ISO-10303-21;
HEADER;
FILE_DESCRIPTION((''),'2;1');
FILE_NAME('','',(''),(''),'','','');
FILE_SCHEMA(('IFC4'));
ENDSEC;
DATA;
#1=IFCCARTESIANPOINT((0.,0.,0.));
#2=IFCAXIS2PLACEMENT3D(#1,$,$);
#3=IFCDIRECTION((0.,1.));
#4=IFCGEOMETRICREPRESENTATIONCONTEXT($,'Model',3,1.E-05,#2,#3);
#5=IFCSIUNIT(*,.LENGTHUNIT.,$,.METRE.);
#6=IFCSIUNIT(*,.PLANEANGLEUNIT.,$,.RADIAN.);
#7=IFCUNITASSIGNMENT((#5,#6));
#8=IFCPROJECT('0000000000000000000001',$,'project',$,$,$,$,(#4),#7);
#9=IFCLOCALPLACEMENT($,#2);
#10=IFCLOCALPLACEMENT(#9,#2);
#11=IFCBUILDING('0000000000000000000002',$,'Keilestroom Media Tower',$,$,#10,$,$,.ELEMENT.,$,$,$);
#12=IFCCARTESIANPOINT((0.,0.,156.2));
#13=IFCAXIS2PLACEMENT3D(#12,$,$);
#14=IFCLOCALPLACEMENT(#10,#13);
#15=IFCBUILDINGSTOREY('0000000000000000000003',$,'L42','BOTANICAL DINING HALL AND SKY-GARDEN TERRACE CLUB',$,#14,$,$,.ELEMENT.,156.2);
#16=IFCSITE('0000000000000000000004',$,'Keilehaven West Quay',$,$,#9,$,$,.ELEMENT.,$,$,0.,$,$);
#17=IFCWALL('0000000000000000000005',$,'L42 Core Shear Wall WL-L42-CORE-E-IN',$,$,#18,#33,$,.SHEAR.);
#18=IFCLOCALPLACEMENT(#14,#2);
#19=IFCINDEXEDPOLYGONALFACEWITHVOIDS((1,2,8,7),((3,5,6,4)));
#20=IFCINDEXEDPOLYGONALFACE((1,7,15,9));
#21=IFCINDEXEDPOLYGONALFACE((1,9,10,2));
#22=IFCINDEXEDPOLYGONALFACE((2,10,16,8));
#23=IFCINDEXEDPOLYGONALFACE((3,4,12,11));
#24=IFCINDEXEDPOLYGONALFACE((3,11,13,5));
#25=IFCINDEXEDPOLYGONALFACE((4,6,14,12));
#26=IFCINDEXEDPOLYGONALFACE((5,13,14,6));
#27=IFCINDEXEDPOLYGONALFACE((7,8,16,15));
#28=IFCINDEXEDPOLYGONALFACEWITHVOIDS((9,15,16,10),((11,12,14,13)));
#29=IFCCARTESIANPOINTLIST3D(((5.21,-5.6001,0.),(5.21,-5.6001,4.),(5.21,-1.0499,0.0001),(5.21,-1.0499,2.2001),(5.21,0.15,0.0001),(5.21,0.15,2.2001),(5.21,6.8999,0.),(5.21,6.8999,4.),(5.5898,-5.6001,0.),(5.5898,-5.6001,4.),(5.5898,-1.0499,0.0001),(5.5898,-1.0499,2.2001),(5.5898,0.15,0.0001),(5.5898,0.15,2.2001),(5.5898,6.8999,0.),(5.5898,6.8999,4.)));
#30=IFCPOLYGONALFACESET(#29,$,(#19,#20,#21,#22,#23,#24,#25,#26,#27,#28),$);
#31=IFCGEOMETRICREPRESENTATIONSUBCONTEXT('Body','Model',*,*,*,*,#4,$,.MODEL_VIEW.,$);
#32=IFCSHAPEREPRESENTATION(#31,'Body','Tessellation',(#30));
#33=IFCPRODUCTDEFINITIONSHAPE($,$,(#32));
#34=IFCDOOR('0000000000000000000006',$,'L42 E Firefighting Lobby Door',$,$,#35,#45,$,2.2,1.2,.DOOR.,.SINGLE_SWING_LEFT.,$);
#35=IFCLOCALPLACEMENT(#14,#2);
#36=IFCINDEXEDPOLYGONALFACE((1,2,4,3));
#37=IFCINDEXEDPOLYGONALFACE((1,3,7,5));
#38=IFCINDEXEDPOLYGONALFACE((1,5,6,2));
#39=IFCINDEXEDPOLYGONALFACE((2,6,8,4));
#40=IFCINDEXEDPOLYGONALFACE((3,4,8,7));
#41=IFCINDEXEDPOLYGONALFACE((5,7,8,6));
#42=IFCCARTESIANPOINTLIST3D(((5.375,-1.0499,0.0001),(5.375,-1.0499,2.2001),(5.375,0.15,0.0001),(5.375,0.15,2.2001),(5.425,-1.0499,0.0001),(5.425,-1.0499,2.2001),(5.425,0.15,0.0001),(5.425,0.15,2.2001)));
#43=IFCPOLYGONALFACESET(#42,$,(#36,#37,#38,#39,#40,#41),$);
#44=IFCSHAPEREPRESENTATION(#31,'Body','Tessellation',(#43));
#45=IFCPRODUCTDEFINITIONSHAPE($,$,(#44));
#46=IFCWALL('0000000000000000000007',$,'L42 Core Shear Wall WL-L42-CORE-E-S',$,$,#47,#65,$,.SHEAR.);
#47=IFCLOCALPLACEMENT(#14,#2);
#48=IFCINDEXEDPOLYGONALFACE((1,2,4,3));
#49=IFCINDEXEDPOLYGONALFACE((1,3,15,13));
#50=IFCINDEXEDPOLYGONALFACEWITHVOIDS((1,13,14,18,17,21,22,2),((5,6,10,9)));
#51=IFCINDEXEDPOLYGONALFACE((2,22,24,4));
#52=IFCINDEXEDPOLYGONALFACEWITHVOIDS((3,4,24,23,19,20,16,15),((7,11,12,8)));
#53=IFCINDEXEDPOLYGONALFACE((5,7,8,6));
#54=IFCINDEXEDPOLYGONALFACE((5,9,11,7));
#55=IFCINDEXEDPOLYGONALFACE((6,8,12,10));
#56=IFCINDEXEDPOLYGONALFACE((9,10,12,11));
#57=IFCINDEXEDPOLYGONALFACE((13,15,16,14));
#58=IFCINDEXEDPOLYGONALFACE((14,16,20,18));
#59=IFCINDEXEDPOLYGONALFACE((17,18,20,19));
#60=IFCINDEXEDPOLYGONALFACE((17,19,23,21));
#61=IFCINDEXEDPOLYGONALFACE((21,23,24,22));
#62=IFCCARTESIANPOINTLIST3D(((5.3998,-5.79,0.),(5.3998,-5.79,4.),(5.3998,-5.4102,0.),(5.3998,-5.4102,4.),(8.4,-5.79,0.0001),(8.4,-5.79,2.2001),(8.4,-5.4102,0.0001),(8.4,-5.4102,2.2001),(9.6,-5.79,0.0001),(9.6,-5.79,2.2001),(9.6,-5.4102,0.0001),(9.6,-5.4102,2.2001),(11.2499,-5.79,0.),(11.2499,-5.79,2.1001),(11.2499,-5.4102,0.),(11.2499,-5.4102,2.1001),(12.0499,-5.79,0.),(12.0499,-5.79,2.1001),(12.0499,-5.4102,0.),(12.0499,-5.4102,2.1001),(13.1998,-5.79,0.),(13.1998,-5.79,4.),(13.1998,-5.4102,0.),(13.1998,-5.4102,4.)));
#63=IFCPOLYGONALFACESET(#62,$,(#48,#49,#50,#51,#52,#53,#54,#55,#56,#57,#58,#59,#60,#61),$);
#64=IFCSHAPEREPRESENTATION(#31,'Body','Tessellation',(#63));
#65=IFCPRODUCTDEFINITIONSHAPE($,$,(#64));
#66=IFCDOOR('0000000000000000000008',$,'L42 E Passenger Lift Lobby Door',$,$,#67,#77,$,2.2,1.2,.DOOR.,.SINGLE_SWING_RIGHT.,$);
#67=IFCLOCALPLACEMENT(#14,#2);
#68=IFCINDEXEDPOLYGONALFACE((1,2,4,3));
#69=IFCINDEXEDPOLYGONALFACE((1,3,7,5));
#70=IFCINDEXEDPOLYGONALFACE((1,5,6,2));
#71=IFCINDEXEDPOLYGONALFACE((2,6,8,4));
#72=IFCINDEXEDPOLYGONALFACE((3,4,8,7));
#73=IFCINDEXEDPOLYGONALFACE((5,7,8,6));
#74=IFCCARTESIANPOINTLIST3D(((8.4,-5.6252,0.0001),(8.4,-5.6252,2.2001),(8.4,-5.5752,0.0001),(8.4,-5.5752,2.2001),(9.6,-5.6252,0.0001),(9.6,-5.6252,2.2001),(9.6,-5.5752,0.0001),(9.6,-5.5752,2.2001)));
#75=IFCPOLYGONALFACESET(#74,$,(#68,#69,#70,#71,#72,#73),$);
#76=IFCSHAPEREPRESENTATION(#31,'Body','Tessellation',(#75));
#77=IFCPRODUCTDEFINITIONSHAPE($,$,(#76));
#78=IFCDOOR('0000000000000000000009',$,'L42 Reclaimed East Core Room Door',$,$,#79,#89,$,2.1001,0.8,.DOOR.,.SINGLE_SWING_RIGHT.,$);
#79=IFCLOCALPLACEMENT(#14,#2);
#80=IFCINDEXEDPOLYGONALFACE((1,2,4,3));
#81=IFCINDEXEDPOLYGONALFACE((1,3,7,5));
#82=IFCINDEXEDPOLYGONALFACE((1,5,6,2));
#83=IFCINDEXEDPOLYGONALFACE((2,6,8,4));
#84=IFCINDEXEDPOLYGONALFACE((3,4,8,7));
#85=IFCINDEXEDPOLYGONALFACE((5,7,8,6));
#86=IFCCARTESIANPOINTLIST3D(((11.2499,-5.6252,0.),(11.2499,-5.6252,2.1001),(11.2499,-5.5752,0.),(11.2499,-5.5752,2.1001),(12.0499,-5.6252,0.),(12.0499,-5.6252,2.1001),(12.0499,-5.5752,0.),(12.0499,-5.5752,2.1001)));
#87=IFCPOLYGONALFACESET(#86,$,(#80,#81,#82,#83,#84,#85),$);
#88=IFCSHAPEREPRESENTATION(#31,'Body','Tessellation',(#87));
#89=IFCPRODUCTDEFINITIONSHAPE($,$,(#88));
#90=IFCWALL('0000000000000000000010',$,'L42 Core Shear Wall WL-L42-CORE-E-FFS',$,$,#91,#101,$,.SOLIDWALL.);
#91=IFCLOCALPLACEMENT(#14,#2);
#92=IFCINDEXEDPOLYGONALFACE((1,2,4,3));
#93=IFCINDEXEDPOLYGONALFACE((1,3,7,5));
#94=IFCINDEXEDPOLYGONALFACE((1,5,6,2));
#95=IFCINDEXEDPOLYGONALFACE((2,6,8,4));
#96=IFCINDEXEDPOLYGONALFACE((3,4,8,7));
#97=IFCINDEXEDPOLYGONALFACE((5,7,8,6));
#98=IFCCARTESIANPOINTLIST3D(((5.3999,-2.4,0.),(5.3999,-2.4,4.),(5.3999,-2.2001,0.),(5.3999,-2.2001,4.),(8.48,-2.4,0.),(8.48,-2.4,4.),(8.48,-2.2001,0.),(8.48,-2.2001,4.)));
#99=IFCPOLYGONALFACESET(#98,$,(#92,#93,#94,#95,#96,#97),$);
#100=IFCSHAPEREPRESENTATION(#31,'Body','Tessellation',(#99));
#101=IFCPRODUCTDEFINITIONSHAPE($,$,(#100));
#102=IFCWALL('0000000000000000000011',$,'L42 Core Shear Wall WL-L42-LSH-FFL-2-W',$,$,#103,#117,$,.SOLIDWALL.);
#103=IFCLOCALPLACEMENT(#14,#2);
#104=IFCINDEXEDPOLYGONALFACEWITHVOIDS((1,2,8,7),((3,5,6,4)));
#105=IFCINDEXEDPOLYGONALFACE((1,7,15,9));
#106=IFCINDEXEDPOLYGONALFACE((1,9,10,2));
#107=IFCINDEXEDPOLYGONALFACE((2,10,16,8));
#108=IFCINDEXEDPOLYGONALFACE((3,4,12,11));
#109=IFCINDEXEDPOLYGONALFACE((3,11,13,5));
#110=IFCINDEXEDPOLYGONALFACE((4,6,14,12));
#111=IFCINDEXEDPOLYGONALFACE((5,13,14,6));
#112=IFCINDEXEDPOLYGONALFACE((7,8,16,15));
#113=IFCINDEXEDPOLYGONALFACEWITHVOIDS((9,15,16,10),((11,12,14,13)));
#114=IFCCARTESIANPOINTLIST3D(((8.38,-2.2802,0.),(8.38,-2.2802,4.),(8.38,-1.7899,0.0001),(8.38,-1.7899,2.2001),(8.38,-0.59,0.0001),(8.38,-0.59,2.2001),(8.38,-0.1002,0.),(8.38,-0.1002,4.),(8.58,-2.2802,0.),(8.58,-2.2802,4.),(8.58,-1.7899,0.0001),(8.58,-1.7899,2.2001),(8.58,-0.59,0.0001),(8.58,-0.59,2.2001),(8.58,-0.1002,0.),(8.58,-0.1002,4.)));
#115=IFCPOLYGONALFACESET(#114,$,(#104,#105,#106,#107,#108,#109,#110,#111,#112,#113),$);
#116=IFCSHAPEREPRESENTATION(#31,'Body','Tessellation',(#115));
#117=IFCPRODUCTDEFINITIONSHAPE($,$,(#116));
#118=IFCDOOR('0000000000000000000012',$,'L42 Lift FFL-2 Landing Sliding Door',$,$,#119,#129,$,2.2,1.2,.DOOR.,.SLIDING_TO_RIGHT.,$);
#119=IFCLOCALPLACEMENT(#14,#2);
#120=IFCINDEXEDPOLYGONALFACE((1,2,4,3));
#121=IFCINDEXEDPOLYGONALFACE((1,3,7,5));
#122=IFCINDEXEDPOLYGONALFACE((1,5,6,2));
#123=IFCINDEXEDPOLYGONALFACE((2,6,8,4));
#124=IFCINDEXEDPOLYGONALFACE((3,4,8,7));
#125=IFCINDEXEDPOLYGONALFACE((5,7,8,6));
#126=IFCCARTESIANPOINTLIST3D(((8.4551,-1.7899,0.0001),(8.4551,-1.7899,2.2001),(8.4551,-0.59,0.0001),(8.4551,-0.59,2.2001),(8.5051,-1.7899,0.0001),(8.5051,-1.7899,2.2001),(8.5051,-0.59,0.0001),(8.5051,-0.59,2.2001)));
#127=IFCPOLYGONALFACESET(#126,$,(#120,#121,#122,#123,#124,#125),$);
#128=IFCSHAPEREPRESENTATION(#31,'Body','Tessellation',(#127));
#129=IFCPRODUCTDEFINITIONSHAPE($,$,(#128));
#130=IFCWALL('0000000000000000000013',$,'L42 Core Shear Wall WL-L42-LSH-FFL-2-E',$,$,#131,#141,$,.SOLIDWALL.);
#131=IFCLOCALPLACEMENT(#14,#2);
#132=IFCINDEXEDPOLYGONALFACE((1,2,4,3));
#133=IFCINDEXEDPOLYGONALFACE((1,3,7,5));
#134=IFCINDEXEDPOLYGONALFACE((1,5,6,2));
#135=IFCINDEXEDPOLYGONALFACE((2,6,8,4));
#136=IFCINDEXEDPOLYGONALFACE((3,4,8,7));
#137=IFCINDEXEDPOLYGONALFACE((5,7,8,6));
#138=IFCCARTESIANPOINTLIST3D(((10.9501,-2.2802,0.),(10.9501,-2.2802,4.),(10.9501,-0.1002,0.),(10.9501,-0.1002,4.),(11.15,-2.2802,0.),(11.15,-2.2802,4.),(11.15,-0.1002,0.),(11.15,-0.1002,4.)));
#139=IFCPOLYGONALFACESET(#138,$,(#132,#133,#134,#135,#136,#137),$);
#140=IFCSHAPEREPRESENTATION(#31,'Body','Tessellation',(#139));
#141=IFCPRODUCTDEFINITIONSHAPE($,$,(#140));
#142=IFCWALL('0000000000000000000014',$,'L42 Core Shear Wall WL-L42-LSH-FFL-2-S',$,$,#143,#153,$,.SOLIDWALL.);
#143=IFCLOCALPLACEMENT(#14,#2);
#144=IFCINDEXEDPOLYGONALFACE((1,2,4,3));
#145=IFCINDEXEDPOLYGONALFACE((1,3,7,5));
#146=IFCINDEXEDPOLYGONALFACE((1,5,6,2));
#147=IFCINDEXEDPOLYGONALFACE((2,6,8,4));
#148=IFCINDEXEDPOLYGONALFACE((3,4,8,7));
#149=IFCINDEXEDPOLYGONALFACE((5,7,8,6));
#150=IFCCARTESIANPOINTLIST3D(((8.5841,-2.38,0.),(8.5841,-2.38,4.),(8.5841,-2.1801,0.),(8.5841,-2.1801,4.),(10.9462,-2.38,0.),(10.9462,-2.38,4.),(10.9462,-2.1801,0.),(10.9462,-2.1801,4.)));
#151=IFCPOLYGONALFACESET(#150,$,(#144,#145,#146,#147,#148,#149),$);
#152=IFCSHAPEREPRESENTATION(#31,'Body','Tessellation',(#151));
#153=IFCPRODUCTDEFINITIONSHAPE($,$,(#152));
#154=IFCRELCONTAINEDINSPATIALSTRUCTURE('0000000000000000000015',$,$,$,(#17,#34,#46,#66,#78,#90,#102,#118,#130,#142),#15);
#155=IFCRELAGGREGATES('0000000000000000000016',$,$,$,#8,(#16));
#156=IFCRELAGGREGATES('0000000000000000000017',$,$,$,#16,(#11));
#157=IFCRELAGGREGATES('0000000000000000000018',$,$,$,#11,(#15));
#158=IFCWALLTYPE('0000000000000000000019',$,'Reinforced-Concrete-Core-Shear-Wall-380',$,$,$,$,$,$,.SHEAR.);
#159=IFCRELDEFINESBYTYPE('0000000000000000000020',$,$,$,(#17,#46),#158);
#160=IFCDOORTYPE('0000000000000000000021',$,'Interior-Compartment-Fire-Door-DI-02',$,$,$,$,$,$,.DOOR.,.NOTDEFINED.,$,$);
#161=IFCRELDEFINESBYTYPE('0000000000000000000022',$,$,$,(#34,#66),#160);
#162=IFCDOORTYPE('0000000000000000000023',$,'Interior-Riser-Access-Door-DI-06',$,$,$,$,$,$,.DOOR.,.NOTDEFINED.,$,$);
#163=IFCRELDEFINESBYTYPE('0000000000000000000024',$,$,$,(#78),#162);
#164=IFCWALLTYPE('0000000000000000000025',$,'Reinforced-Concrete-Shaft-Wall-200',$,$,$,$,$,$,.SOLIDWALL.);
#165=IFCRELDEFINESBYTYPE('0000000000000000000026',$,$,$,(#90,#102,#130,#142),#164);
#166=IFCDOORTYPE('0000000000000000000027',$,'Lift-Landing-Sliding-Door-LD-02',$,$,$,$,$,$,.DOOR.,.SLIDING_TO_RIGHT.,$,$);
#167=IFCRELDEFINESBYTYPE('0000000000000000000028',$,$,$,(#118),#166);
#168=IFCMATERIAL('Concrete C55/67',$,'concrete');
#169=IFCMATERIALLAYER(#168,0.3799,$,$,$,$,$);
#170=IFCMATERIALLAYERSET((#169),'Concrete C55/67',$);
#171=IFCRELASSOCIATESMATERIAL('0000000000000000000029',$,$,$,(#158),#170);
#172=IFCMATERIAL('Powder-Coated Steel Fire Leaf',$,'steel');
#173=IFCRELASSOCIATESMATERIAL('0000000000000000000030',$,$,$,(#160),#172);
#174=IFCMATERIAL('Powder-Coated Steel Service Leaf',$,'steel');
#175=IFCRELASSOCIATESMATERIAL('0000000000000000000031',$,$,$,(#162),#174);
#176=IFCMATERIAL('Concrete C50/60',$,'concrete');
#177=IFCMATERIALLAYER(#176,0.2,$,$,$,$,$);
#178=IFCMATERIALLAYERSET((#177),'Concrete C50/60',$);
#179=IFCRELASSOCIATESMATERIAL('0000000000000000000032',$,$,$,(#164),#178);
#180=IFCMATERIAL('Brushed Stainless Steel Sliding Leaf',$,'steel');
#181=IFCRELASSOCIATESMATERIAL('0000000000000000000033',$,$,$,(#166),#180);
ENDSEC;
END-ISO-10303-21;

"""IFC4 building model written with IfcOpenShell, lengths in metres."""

from ifc_helpers import new_model, si_unit, direction, frame, frame_2d, origin, place, context, subcontext, project, spatial, rectangle, extrude, source, transform, mapped, material, layer, layer_set, type_object, element, fill, save


model = new_model("IFC4")

# Units and contexts
model_context = context("Model", 3, precision=1e-05, world=origin(), true_north=direction((0.0, 1.0)))
body_context = subcontext(model_context, "Body", "Model", "MODEL_VIEW")
ifc_project = project(units=[si_unit("LENGTHUNIT", "METRE"), si_unit("PLANEANGLEUNIT", "RADIAN")], contexts=[model_context])

# Site, building, storey
site_placement = place(None, origin())
site = spatial("IfcSite", under=ifc_project, at=site_placement, Name="Keilehaven West Quay", CompositionType="ELEMENT", RefElevation=0.0)
building_placement = place(site_placement, origin())
building = spatial("IfcBuilding", under=site, at=building_placement, Name="Keilestroom Media Tower", CompositionType="ELEMENT")
storey_placement = place(building_placement, frame((0.0, 0.0, 156.2)))
storey = spatial("IfcBuildingStorey", under=building, at=storey_placement, Name="L42", Description="BOTANICAL DINING HALL AND SKY-GARDEN TERRACE CLUB", CompositionType="ELEMENT", Elevation=156.2)

# Shared definitions
ifc_material_1 = material(Name="Concrete C55/67", Category="concrete")
ifc_layer_1 = layer(ifc_material_1, 0.3799)
ifc_layer_set_1 = layer_set([ifc_layer_1], Name="Concrete C55/67")
wall_type_1 = type_object("IfcWallType", Name="Reinforced-Concrete-Core-Shear-Wall-380", PredefinedType="SHEAR", material=ifc_layer_set_1)

# Wall, opening, door
wall_1_placement = place(storey_placement, frame((5.3999, -5.6001, 0.0), z_axis=(0.0, 0.0, 1.0), x_axis=(0.0, 1.0, 0.0)))
wall_1 = element("IfcWall", 1, at=wall_1_placement, inside=storey, type_object=wall_type_1, Name="L42 Core Shear Wall WL-L42-CORE-E-IN", PredefinedType="SHEAR", context=body_context, shape_type="SweptSolid", body=[
    extrude(rectangle(XDim=12.5, YDim=0.3799, at=frame_2d((6.25, 0.0))), origin(), (0.0, 0.0, 1.0), 4.0),
])
opening_1_placement = place(wall_1_placement, frame((4.55, 0.0, 0.0)))
opening_1 = element("IfcOpeningElement", 2, at=opening_1_placement, cuts=wall_1, PredefinedType="OPENING", context=body_context, shape_type="SweptSolid", body=[
    extrude(rectangle(XDim=1.2, YDim=2.2, at=frame_2d((0.6001, 1.1001))), frame((0.0, 0.2, 0.0), z_axis=(0.0, -1.0, 0.0), x_axis=(1.0, 0.0, 0.0)), (0.0, 0.0, 1.0), 0.3999),
])
ifc_material_2 = material(Name="Powder-Coated Steel Fire Leaf", Category="steel")
door_type_1 = type_object("IfcDoorType", Name="Interior-Compartment-Fire-Door-DI-02", OperationType="NOTDEFINED", PredefinedType="DOOR", material=ifc_material_2)
shared_shape_1 = source(origin(), body_context, "Body", "SweptSolid", [
    extrude(rectangle(XDim=1.2, YDim=2.2, at=frame_2d((0.6001, 1.1001))), frame((0.0, 0.0249, 0.0), z_axis=(0.0, -1.0, 0.0), x_axis=(1.0, 0.0, 0.0)), (0.0, 0.0, 1.0), 0.05),
])
door_1_placement = place(opening_1_placement, origin())
door_1 = element("IfcDoor", 3, at=door_1_placement, inside=storey, type_object=door_type_1, Name="L42 E Firefighting Lobby Door", OperationType="SINGLE_SWING_LEFT", OverallHeight=2.2, OverallWidth=1.2, PredefinedType="DOOR", context=body_context, shape_type="MappedRepresentation", body=[
    mapped(shared_shape_1, transform((0.0, 0.0, 0.0), x_axis=(1.0, 0.0, 0.0), y_axis=(0.0, 1.0, 0.0), z_axis=(0.0, 0.0, 1.0), scale=1.0)),
])
fill(opening_1, door_1)

# Wall, openings, doors
wall_2_placement = place(storey_placement, frame((5.3999, -5.6001, 0.0), z_axis=(0.0, 0.0, 1.0), x_axis=(1.0, 0.0, 0.0)))
wall_2 = element("IfcWall", 4, at=wall_2_placement, inside=storey, type_object=wall_type_1, Name="L42 Core Shear Wall WL-L42-CORE-E-S", PredefinedType="SHEAR", context=body_context, shape_type="SweptSolid", body=[
    extrude(rectangle(XDim=7.8, YDim=0.3799, at=frame_2d((3.8999, 0.0))), origin(), (0.0, 0.0, 1.0), 4.0),
])
opening_2_placement = place(wall_2_placement, frame((3.0, 0.0, 0.0)))
opening_2 = element("IfcOpeningElement", 5, at=opening_2_placement, cuts=wall_2, PredefinedType="OPENING", context=body_context, shape_type="SweptSolid", body=[
    extrude(rectangle(XDim=1.2, YDim=2.2, at=frame_2d((0.6001, 1.1001))), frame((0.0, 0.2, 0.0), z_axis=(0.0, -1.0, 0.0), x_axis=(1.0, 0.0, 0.0)), (0.0, 0.0, 1.0), 0.3999),
])
opening_3_placement = place(wall_2_placement, frame((5.8501, 0.0, 0.0)))
opening_3 = element("IfcOpeningElement", 6, at=opening_3_placement, cuts=wall_2, PredefinedType="OPENING", context=body_context, shape_type="SweptSolid", body=[
    extrude(rectangle(XDim=0.8, YDim=2.1001, at=frame_2d((0.3999, 1.05))), frame((0.0, 0.2, 0.0), z_axis=(0.0, -1.0, 0.0), x_axis=(1.0, 0.0, 0.0)), (0.0, 0.0, 1.0), 0.3999),
])
door_2_placement = place(opening_2_placement, origin())
door_2 = element("IfcDoor", 7, at=door_2_placement, inside=storey, type_object=door_type_1, Name="L42 E Passenger Lift Lobby Door", OperationType="SINGLE_SWING_RIGHT", OverallHeight=2.2, OverallWidth=1.2, PredefinedType="DOOR", context=body_context, shape_type="MappedRepresentation", body=[
    mapped(shared_shape_1, transform((0.0, 0.0, 0.0), x_axis=(1.0, 0.0, 0.0), y_axis=(0.0, 1.0, 0.0), z_axis=(0.0, 0.0, 1.0), scale=1.0)),
])
fill(opening_2, door_2)
ifc_material_3 = material(Name="Powder-Coated Steel Service Leaf", Category="steel")
door_type_2 = type_object("IfcDoorType", Name="Interior-Riser-Access-Door-DI-06", OperationType="NOTDEFINED", PredefinedType="DOOR", material=ifc_material_3)
shared_shape_2 = source(origin(), body_context, "Body", "SweptSolid", [
    extrude(rectangle(XDim=0.8, YDim=2.1001, at=frame_2d((0.3999, 1.05))), frame((0.0, 0.0249, 0.0), z_axis=(0.0, -1.0, 0.0), x_axis=(1.0, 0.0, 0.0)), (0.0, 0.0, 1.0), 0.05),
])
door_3_placement = place(opening_3_placement, origin())
door_3 = element("IfcDoor", 8, at=door_3_placement, inside=storey, type_object=door_type_2, Name="L42 Reclaimed East Core Room Door", OperationType="SINGLE_SWING_RIGHT", OverallHeight=2.1001, OverallWidth=0.8, PredefinedType="DOOR", context=body_context, shape_type="MappedRepresentation", body=[
    mapped(shared_shape_2, transform((0.0, 0.0, 0.0), x_axis=(1.0, 0.0, 0.0), y_axis=(0.0, 1.0, 0.0), z_axis=(0.0, 0.0, 1.0), scale=1.0)),
])
fill(opening_3, door_3)

# Wall
ifc_material_4 = material(Name="Concrete C50/60", Category="concrete")
ifc_layer_2 = layer(ifc_material_4, 0.2)
ifc_layer_set_2 = layer_set([ifc_layer_2], Name="Concrete C50/60")
wall_type_2 = type_object("IfcWallType", Name="Reinforced-Concrete-Shaft-Wall-200", PredefinedType="SOLIDWALL", material=ifc_layer_set_2)
wall_3_placement = place(storey_placement, frame((5.3999, -2.3, 0.0), z_axis=(0.0, 0.0, 1.0), x_axis=(1.0, 0.0, 0.0)))
element("IfcWall", 9, at=wall_3_placement, inside=storey, type_object=wall_type_2, Name="L42 Core Shear Wall WL-L42-CORE-E-FFS", PredefinedType="SOLIDWALL", context=body_context, shape_type="SweptSolid", body=[
    extrude(rectangle(XDim=3.0801, YDim=0.2, at=frame_2d((1.54, 0.0))), origin(), (0.0, 0.0, 1.0), 4.0),
])

# Wall, opening, door
wall_4_placement = place(storey_placement, frame((8.48, -2.28, 0.0), z_axis=(0.0, 0.0, 1.0), x_axis=(0.0, 1.0, 0.0)))
wall_4 = element("IfcWall", 10, at=wall_4_placement, inside=storey, type_object=wall_type_2, Name="L42 Core Shear Wall WL-L42-LSH-FFL-2-W", PredefinedType="SOLIDWALL", context=body_context, shape_type="SweptSolid", body=[
    extrude(rectangle(XDim=2.1799, YDim=0.2, at=frame_2d((1.0898, 0.0))), origin(), (0.0, 0.0, 1.0), 4.0),
])
opening_4_placement = place(wall_4_placement, frame((0.49, 0.0, 0.0)))
opening_4 = element("IfcOpeningElement", 11, at=opening_4_placement, cuts=wall_4, PredefinedType="OPENING", context=body_context, shape_type="SweptSolid", body=[
    extrude(rectangle(XDim=1.2, YDim=2.2, at=frame_2d((0.6001, 1.1001))), frame((0.0, 0.1099, 0.0), z_axis=(0.0, -1.0, 0.0), x_axis=(1.0, 0.0, 0.0)), (0.0, 0.0, 1.0), 0.22),
])
ifc_material_5 = material(Name="Brushed Stainless Steel Sliding Leaf", Category="steel")
door_type_3 = type_object("IfcDoorType", Name="Lift-Landing-Sliding-Door-LD-02", OperationType="SLIDING_TO_RIGHT", PredefinedType="DOOR", material=ifc_material_5)
door_4_placement = place(opening_4_placement, origin())
door_4 = element("IfcDoor", 12, at=door_4_placement, inside=storey, type_object=door_type_3, Name="L42 Lift FFL-2 Landing Sliding Door", OperationType="SLIDING_TO_RIGHT", OverallHeight=2.2, OverallWidth=1.2, PredefinedType="DOOR", context=body_context, shape_type="MappedRepresentation", body=[
    mapped(shared_shape_1, transform((0.0, 0.0, 0.0), x_axis=(1.0, 0.0, 0.0), y_axis=(0.0, 1.0, 0.0), z_axis=(0.0, 0.0, 1.0), scale=1.0)),
])
fill(opening_4, door_4)

# Walls
wall_5_placement = place(storey_placement, frame((11.05, -2.28, 0.0), z_axis=(0.0, 0.0, 1.0), x_axis=(0.0, 1.0, 0.0)))
element("IfcWall", 13, at=wall_5_placement, inside=storey, type_object=wall_type_2, Name="L42 Core Shear Wall WL-L42-LSH-FFL-2-E", PredefinedType="SOLIDWALL", context=body_context, shape_type="SweptSolid", body=[
    extrude(rectangle(XDim=2.1799, YDim=0.2, at=frame_2d((1.0898, 0.0))), origin(), (0.0, 0.0, 1.0), 4.0),
])
wall_6_placement = place(storey_placement, frame((8.584, -2.28, 0.0), z_axis=(0.0, 0.0, 1.0), x_axis=(1.0, 0.0, 0.0)))
element("IfcWall", 14, at=wall_6_placement, inside=storey, type_object=wall_type_2, Name="L42 Core Shear Wall WL-L42-LSH-FFL-2-S", PredefinedType="SOLIDWALL", context=body_context, shape_type="SweptSolid", body=[
    extrude(rectangle(XDim=2.3621, YDim=0.2, at=frame_2d((1.1812, 0.0))), origin(), (0.0, 0.0, 1.0), 4.0),
])

save(model, "model.ifc")
